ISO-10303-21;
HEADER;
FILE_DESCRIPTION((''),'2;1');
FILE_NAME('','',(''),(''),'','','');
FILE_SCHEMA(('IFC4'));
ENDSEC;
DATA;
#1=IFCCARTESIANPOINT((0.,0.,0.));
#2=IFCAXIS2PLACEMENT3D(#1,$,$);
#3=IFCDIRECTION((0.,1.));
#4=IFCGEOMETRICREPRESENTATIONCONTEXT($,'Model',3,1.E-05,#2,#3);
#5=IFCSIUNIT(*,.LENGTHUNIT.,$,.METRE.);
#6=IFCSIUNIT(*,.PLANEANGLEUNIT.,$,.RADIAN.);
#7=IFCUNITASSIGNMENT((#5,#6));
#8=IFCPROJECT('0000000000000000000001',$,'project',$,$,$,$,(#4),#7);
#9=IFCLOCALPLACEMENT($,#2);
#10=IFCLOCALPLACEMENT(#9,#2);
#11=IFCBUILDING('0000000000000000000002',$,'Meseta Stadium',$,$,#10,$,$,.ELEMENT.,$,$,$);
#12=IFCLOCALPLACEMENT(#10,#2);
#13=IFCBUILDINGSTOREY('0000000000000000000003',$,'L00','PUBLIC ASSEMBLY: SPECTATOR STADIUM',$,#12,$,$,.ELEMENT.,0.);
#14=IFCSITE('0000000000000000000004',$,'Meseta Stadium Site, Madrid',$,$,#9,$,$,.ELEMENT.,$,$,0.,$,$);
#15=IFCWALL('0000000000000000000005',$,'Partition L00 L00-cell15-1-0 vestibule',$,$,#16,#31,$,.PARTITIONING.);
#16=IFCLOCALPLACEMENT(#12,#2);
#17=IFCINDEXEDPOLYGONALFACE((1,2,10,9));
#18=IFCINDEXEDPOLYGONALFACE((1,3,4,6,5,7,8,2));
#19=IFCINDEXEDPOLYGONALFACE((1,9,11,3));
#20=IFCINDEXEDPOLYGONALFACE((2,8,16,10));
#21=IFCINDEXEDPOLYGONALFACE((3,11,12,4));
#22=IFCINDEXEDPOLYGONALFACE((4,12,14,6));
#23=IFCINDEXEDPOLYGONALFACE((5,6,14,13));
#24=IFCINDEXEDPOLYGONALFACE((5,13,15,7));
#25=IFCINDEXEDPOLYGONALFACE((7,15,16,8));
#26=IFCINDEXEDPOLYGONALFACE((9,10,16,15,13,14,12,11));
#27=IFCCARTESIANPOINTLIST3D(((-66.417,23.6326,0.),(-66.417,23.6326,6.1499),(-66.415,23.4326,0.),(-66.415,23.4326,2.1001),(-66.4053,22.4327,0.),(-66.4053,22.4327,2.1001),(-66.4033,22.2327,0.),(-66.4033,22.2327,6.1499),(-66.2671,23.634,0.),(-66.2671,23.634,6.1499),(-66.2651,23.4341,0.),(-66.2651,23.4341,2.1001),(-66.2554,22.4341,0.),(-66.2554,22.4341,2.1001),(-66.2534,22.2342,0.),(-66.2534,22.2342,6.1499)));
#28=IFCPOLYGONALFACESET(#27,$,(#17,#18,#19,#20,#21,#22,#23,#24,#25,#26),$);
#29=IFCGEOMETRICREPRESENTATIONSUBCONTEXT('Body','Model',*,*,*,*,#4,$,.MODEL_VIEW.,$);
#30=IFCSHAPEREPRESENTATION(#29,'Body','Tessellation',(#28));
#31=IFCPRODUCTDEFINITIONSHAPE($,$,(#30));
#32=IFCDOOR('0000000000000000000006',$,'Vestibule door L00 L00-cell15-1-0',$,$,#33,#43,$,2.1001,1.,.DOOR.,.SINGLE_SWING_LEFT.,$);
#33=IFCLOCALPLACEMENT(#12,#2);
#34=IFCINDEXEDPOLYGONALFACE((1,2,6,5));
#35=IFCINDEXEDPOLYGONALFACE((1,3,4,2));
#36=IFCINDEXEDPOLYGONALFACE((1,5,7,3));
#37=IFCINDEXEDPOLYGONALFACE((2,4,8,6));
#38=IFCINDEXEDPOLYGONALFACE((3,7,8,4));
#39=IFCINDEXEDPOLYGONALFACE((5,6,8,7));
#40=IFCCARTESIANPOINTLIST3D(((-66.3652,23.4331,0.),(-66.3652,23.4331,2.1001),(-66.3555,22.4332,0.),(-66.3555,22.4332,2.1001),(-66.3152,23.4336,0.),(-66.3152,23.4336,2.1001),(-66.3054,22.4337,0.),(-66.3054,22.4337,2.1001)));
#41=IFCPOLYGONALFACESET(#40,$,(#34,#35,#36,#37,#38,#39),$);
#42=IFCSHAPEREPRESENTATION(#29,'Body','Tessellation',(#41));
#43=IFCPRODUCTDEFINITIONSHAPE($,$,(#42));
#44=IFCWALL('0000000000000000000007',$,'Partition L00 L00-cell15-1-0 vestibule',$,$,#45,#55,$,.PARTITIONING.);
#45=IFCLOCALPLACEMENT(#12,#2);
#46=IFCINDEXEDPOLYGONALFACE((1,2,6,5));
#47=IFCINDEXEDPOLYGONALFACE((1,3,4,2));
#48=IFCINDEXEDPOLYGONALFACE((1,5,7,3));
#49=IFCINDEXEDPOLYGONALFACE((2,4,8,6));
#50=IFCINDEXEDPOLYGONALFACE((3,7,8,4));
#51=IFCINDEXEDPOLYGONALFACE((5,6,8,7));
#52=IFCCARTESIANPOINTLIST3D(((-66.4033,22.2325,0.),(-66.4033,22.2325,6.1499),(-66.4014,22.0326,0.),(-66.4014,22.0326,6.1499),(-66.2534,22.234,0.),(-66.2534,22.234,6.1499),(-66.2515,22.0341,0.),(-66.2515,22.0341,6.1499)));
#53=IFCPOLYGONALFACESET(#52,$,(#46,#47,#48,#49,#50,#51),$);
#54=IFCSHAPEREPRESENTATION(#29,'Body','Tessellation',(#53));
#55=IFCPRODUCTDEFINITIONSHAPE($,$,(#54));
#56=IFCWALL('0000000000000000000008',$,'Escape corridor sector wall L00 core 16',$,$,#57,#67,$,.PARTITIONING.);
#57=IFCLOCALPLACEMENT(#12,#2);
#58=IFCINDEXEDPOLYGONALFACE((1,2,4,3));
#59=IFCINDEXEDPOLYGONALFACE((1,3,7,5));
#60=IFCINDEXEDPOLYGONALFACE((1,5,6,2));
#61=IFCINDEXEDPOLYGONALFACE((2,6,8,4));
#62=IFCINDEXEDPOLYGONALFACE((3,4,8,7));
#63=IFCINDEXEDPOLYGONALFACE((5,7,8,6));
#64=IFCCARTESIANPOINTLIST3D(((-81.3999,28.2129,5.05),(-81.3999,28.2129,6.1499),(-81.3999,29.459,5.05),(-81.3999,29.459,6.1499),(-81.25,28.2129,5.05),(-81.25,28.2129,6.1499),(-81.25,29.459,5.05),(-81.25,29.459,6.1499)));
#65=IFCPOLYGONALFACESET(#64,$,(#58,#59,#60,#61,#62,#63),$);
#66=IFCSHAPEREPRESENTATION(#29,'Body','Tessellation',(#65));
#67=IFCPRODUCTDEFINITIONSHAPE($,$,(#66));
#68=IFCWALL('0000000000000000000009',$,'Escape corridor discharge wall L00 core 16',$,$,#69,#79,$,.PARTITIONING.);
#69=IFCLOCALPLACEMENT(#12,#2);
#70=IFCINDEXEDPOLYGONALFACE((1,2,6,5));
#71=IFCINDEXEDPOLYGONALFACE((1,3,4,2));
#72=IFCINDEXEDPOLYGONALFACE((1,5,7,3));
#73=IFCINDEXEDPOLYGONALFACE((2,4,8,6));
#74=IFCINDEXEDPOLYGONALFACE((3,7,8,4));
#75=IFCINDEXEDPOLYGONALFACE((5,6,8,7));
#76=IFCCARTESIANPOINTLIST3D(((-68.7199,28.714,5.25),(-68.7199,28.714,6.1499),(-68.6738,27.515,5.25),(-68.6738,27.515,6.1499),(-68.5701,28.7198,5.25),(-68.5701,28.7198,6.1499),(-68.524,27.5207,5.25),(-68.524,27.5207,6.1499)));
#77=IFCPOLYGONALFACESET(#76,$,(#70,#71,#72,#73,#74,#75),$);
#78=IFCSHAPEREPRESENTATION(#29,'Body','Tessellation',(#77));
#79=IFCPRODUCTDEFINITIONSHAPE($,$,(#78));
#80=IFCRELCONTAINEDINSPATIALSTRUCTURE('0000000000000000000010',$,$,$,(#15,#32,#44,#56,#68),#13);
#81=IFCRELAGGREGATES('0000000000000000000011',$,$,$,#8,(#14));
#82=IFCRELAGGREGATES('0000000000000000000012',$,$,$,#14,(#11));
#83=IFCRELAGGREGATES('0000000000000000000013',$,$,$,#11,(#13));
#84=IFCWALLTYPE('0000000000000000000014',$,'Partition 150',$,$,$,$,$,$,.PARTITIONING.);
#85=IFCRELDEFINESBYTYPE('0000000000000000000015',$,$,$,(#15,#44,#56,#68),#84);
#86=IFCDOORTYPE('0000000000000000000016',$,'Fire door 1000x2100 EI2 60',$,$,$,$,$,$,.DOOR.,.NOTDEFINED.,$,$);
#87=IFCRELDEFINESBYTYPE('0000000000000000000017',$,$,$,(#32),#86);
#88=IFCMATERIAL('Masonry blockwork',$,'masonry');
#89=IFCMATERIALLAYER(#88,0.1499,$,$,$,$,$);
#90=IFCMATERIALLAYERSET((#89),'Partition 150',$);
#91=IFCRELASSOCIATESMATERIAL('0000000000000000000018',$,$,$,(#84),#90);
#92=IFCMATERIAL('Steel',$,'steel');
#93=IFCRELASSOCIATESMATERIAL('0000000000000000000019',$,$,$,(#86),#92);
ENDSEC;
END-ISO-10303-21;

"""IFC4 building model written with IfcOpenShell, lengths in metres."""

from ifc_helpers import new_model, si_unit, direction, frame, frame_2d, origin, place, context, subcontext, project, spatial, rectangle, extrude, material, layer, layer_set, type_object, element, fill, save


model = new_model("IFC4")

# Units and contexts
model_context = context("Model", 3, precision=1e-05, world=origin(), true_north=direction((0.0, 1.0)))
body_context = subcontext(model_context, "Body", "Model", "MODEL_VIEW")
ifc_project = project(units=[si_unit("LENGTHUNIT", "METRE"), si_unit("PLANEANGLEUNIT", "RADIAN")], contexts=[model_context])

# Site, building, storey
site_placement = place(None, origin())
site = spatial("IfcSite", under=ifc_project, at=site_placement, Name="Meseta Stadium Site, Madrid", CompositionType="ELEMENT", RefElevation=0.0)
building_placement = place(site_placement, origin())
building = spatial("IfcBuilding", under=site, at=building_placement, Name="Meseta Stadium", CompositionType="ELEMENT")
storey_placement = place(building_placement, origin())
storey = spatial("IfcBuildingStorey", under=building, at=storey_placement, Name="L00", Description="PUBLIC ASSEMBLY: SPECTATOR STADIUM", CompositionType="ELEMENT", Elevation=0.0)

# Shared definitions
ifc_material_1 = material(Name="Masonry blockwork", Category="masonry")
ifc_layer = layer(ifc_material_1, 0.1499)
ifc_layer_set = layer_set([ifc_layer], Name="Partition 150")
wall_type = type_object("IfcWallType", Name="Partition 150", PredefinedType="PARTITIONING", material=ifc_layer_set)

# Shared definitions
ifc_material_2 = material(Name="Steel", Category="steel")
door_type = type_object("IfcDoorType", Name="Fire door 1000x2100 EI2 60", OperationType="NOTDEFINED", PredefinedType="DOOR", material=ifc_material_2)

# Wall, opening, door
wall_1_placement = place(storey_placement, frame((-66.342, 23.6333, 0.0), z_axis=(0.0, 0.0, 1.0), x_axis=(0.009766, -0.999952, 0.0)))
wall_1 = element("IfcWall", 1, at=wall_1_placement, inside=storey, type_object=wall_type, Name="Partition L00 L00-cell15-1-0 vestibule", PredefinedType="PARTITIONING", context=body_context, shape_type="SweptSolid", body=[
    extrude(rectangle(XDim=1.3999, YDim=0.1499, at=frame_2d((0.7, 0.0))), origin(), (0.0, 0.0, 1.0), 6.1499),
])
opening_1_placement = place(wall_1_placement, frame((0.2, 0.0, 0.0)))
opening_1 = element("IfcOpeningElement", 2, at=opening_1_placement, cuts=wall_1, PredefinedType="OPENING", context=body_context, shape_type="SweptSolid", body=[
    extrude(rectangle(XDim=1.0, YDim=2.1001, at=frame_2d((0.5, 1.05))), frame((0.0, 0.085, 0.0), z_axis=(0.0, -1.0, 0.0), x_axis=(1.0, 0.0, 0.0)), (0.0, 0.0, 1.0), 0.1699),
])
door_1_placement = place(opening_1_placement, origin())
door_1 = element("IfcDoor", 3, at=door_1_placement, inside=storey, type_object=door_type, Name="Vestibule door L00 L00-cell15-1-0", OperationType="SINGLE_SWING_LEFT", OverallHeight=2.1001, OverallWidth=1.0, PredefinedType="DOOR", context=body_context, shape_type="SweptSolid", body=[
    extrude(rectangle(XDim=1.0, YDim=2.1001, at=frame_2d((0.5, 1.05))), frame((0.0, 0.0249, 0.0), z_axis=(0.0, -1.0, 0.0), x_axis=(1.0, 0.0, 0.0)), (0.0, 0.0, 1.0), 0.05),
])
fill(opening_1, door_1)

# Walls
wall_2_placement = place(storey_placement, frame((-66.3284, 22.2334, 0.0), z_axis=(0.0, 0.0, 1.0), x_axis=(0.009768, -0.999952, 0.0)))
element("IfcWall", 4, at=wall_2_placement, inside=storey, type_object=wall_type, Name="Partition L00 L00-cell15-1-0 vestibule", PredefinedType="PARTITIONING", context=body_context, shape_type="SweptSolid", body=[
    extrude(rectangle(XDim=0.2, YDim=0.1499, at=frame_2d((0.1001, 0.0))), origin(), (0.0, 0.0, 1.0), 6.1499),
])
wall_3_placement = place(storey_placement, frame((-81.325, 29.459, 5.05), z_axis=(0.0, 0.0, 1.0), x_axis=(0.0, -1.0, 0.0)))
element("IfcWall", 5, at=wall_3_placement, inside=storey, type_object=wall_type, Name="Escape corridor sector wall L00 core 16", PredefinedType="PARTITIONING", context=body_context, shape_type="SweptSolid", body=[
    extrude(rectangle(XDim=1.2461, YDim=0.1499, at=frame_2d((0.623, 0.0))), origin(), (0.0, 0.0, 1.0), 1.0999),
])
wall_4_placement = place(storey_placement, frame((-68.645, 28.717, 5.25), z_axis=(0.0, 0.0, 1.0), x_axis=(0.038457, -0.99926, 0.0)))
element("IfcWall", 6, at=wall_4_placement, inside=storey, type_object=wall_type, Name="Escape corridor discharge wall L00 core 16", PredefinedType="PARTITIONING", context=body_context, shape_type="SweptSolid", body=[
    extrude(rectangle(XDim=1.2, YDim=0.1499, at=frame_2d((0.6001, 0.0))), origin(), (0.0, 0.0, 1.0), 0.8999),
])

save(model, "model.ifc")
